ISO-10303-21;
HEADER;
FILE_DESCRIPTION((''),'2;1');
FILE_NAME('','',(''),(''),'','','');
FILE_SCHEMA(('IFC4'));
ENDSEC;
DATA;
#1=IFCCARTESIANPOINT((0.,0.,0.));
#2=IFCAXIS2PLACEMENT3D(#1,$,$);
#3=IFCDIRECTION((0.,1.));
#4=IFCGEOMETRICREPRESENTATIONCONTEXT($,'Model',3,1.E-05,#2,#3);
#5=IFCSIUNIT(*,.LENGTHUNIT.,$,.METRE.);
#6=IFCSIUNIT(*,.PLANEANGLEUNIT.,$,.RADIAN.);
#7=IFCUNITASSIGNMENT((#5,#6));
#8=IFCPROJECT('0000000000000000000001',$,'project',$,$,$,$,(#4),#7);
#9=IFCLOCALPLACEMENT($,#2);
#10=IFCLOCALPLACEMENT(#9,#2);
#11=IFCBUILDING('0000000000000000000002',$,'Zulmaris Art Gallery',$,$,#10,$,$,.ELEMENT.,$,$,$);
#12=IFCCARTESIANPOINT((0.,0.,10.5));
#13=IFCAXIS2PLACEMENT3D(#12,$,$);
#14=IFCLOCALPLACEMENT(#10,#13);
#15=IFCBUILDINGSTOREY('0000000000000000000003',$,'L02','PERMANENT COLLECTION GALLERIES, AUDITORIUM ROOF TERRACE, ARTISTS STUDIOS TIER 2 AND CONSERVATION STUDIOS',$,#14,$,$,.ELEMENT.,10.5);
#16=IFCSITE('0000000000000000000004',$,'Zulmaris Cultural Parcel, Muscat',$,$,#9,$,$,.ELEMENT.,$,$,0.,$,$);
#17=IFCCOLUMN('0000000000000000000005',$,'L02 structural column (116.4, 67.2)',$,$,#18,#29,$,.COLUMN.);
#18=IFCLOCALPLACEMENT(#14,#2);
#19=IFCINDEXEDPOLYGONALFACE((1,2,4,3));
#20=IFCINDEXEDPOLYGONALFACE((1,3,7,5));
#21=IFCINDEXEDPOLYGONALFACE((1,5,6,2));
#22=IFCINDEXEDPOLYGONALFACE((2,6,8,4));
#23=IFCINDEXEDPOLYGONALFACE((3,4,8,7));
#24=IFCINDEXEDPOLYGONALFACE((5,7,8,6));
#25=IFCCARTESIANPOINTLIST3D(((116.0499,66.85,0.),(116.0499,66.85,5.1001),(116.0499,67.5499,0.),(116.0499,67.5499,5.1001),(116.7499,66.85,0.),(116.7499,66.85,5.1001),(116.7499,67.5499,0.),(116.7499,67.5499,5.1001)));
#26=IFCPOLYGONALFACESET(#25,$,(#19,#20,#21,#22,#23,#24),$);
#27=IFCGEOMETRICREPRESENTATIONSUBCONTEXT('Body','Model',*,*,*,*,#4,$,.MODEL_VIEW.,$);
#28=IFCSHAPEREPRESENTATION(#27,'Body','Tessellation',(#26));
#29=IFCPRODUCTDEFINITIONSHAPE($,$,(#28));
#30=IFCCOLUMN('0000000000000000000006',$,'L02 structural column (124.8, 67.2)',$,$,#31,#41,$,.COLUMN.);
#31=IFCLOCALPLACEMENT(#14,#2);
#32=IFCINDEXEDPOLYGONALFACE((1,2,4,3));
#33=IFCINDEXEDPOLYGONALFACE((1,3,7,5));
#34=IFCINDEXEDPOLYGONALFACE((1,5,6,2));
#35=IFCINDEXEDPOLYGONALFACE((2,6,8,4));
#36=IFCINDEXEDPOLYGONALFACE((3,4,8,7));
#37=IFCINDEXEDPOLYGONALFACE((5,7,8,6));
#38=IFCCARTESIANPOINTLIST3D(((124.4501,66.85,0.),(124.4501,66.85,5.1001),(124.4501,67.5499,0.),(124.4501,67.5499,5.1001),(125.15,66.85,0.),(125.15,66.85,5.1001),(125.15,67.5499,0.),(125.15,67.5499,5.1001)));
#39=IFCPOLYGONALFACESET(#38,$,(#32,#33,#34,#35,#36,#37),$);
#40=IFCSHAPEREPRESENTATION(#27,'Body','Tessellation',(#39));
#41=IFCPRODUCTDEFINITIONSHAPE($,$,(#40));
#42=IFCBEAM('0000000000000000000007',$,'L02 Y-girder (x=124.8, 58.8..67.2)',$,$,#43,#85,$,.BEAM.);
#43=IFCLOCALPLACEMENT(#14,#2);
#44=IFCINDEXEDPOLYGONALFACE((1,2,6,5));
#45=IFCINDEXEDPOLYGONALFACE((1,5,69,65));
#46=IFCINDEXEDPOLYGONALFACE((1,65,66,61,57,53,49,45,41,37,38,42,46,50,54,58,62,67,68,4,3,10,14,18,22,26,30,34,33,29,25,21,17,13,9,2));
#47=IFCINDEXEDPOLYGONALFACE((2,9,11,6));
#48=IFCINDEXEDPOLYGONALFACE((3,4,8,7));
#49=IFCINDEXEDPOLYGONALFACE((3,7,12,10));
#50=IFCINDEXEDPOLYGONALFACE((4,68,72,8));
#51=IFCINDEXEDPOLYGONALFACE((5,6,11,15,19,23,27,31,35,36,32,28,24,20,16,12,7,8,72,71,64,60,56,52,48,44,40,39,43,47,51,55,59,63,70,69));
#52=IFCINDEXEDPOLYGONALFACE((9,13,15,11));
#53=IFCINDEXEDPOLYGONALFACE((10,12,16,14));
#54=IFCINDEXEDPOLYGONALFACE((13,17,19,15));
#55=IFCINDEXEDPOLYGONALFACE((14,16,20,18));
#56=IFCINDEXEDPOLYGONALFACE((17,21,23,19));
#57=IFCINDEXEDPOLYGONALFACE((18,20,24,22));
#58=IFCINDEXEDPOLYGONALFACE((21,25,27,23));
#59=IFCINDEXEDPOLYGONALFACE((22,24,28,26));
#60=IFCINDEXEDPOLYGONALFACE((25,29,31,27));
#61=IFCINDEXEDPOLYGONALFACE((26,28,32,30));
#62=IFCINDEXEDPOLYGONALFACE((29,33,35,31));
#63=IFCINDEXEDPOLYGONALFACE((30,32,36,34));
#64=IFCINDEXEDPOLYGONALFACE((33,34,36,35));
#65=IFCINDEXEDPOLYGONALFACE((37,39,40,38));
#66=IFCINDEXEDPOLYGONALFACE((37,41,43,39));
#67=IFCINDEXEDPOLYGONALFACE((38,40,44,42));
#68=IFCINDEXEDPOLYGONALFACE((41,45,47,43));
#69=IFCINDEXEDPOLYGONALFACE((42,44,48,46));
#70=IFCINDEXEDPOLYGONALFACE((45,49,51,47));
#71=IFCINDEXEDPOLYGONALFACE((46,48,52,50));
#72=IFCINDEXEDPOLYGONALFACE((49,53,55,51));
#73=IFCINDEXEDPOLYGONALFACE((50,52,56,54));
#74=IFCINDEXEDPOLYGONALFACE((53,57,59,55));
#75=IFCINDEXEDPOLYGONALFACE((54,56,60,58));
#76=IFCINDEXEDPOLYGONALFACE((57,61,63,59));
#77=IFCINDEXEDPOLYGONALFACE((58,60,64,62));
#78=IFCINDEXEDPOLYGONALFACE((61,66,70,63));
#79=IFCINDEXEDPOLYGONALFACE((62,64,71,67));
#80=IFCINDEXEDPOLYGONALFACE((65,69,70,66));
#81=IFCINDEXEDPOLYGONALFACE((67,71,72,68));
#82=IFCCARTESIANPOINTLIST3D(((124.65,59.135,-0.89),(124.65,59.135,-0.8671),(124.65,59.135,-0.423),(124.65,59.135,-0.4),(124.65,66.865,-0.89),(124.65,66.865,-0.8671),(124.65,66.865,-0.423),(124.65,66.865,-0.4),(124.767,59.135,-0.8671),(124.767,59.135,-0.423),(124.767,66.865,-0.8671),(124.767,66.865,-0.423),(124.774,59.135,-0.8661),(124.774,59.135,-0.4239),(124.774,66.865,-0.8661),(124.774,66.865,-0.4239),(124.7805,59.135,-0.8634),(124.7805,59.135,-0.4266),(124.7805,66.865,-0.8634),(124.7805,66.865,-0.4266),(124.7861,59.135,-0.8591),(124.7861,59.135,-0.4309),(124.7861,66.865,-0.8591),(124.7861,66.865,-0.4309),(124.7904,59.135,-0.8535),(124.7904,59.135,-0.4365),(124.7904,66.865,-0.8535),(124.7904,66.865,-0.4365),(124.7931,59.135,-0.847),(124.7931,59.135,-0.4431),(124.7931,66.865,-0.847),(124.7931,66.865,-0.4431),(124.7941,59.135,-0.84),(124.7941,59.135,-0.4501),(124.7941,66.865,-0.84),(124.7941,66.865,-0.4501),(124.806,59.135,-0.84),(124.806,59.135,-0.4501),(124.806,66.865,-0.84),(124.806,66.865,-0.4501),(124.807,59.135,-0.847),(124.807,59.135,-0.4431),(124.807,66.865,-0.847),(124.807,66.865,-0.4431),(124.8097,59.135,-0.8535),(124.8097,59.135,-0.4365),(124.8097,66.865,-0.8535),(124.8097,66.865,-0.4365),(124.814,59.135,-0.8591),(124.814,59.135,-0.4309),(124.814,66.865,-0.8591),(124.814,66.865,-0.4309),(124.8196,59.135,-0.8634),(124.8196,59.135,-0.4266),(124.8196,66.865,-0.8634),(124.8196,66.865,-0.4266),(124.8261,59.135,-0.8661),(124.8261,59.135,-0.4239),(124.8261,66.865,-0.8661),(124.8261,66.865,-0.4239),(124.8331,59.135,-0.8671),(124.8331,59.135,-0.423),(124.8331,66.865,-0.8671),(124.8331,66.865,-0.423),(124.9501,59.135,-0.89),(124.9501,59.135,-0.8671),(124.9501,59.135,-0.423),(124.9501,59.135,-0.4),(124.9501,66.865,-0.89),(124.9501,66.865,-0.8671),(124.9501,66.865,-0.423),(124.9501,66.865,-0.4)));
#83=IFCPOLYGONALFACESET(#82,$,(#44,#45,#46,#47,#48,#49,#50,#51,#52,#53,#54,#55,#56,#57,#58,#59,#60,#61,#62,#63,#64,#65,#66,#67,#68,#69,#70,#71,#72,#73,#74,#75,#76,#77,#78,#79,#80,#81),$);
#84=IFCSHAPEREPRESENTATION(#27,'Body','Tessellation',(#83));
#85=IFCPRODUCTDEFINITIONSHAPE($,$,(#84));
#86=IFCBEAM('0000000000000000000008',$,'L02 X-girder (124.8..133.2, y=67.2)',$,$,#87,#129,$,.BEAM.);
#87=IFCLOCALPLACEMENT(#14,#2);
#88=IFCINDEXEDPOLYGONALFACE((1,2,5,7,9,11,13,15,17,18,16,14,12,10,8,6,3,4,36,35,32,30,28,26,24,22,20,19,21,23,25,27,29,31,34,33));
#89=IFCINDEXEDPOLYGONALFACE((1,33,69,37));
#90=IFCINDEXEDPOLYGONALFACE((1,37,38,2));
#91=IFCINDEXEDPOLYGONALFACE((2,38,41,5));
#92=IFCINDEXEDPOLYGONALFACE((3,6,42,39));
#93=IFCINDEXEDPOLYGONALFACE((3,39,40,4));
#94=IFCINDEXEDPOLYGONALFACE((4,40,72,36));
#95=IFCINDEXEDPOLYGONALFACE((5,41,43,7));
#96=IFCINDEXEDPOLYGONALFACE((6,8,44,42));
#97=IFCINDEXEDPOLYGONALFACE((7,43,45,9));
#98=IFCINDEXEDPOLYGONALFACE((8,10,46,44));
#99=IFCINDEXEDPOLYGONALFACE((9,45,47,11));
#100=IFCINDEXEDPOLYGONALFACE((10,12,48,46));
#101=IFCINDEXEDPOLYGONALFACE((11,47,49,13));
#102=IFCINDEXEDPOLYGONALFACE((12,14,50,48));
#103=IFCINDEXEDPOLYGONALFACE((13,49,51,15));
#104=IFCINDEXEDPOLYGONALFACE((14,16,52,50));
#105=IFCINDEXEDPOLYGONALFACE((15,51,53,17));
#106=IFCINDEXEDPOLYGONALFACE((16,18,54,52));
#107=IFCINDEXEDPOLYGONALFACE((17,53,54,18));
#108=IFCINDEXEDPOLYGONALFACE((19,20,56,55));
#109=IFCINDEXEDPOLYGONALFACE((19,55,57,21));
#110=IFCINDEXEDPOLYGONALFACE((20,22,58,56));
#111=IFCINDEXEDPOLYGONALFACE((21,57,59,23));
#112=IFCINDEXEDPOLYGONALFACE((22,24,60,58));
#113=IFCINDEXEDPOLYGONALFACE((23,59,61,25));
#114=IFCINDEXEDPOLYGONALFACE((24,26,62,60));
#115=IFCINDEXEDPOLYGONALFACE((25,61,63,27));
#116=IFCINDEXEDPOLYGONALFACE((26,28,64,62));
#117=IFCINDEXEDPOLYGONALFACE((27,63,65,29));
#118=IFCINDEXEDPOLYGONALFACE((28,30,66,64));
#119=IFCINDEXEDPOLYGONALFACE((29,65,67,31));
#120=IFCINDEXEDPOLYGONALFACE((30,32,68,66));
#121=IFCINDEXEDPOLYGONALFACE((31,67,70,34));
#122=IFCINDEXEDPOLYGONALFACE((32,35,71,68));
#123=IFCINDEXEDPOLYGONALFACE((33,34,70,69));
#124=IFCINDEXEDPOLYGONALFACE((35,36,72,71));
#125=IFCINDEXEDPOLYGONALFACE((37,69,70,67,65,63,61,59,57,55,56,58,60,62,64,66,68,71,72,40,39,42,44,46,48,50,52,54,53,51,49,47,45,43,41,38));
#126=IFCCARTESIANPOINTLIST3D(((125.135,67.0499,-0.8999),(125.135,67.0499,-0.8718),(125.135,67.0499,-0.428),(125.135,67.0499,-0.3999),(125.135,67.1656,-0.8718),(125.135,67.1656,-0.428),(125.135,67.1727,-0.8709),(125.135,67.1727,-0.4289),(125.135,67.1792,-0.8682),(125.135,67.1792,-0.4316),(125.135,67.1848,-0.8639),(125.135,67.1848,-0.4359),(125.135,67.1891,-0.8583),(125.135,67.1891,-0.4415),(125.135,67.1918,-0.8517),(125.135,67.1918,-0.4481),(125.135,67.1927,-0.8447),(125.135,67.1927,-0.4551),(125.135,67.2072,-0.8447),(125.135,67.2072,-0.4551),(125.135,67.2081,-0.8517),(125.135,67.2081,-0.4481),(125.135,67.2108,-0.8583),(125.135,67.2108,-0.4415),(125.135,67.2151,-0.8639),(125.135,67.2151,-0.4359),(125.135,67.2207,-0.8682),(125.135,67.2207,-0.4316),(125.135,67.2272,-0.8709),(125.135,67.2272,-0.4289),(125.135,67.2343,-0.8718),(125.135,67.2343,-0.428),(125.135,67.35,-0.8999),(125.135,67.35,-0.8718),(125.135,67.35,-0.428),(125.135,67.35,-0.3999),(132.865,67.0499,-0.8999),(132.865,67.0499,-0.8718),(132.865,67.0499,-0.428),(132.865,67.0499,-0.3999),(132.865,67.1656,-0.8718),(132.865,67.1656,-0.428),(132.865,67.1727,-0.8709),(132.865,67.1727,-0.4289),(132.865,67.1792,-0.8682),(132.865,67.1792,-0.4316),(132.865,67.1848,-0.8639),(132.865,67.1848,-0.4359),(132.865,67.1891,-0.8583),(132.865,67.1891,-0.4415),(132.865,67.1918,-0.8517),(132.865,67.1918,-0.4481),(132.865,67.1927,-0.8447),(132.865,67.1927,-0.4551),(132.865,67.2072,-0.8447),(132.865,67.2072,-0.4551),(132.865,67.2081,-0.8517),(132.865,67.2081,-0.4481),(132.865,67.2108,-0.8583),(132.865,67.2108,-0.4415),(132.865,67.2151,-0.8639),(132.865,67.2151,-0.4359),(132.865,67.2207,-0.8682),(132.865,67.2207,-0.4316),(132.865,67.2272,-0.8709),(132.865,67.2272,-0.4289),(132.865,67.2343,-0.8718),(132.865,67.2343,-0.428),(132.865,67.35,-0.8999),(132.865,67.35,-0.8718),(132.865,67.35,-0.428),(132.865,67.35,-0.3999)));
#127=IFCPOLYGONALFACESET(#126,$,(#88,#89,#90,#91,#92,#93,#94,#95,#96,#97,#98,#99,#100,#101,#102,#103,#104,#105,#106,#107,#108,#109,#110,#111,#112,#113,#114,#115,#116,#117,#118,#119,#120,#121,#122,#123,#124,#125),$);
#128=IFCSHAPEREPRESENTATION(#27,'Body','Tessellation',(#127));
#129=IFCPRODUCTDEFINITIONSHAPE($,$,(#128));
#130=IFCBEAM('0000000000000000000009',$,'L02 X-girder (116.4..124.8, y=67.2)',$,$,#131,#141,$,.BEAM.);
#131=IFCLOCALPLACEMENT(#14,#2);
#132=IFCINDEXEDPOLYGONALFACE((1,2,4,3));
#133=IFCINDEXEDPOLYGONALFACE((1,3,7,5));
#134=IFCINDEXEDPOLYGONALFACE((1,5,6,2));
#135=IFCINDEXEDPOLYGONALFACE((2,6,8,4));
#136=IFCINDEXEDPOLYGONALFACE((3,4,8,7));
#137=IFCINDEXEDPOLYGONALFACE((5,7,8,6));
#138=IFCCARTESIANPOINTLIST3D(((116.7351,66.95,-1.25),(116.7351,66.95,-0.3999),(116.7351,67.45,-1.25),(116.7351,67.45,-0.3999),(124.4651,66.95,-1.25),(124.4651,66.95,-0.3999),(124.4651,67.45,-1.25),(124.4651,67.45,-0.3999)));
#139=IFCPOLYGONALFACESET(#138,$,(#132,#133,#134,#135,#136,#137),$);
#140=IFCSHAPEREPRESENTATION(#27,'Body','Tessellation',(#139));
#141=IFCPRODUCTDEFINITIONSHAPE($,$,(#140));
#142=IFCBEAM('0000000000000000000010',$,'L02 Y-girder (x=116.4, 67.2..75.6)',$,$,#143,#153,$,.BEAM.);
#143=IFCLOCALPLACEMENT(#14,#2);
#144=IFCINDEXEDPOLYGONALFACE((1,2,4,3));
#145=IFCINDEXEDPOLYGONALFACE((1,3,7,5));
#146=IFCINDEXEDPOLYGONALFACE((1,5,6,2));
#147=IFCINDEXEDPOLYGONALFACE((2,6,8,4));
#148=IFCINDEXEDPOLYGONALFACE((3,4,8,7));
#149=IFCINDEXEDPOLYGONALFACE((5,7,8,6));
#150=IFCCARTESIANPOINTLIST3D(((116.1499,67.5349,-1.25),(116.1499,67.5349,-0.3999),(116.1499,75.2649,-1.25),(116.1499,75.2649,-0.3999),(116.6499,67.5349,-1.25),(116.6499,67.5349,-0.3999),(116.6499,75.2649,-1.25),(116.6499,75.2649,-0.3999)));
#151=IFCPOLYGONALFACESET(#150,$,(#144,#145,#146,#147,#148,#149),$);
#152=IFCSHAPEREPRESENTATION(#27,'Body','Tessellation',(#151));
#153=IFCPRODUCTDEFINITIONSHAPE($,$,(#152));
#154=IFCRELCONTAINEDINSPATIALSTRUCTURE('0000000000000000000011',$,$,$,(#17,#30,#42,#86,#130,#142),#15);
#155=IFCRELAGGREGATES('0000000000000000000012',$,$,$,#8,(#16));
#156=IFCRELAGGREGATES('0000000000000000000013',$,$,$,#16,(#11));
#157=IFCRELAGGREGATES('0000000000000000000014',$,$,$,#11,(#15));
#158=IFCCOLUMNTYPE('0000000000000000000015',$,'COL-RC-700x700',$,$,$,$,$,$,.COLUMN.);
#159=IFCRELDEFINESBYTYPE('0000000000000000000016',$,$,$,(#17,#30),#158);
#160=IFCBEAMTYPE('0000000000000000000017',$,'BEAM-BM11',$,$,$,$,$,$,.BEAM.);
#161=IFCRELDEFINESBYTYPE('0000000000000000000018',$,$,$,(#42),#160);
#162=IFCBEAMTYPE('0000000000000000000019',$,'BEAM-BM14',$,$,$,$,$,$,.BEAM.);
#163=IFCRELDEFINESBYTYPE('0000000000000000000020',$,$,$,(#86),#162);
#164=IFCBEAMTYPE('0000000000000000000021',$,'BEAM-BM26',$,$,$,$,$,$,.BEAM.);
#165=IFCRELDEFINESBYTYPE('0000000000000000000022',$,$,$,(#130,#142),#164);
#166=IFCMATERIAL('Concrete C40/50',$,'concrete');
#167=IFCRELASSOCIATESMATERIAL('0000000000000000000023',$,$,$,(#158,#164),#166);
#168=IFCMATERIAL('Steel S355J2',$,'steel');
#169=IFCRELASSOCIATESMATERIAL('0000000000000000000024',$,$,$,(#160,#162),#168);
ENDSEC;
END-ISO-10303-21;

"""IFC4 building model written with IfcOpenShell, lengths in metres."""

from ifc_helpers import new_model, si_unit, direction, frame, origin, origin_2d, place, context, subcontext, project, spatial, rectangle, i_section, extrude, material, material_profile, profile_set, type_object, element, save


model = new_model("IFC4")

# Units and contexts
model_context = context("Model", 3, precision=1e-05, world=origin(), true_north=direction((0.0, 1.0)))
body_context = subcontext(model_context, "Body", "Model", "MODEL_VIEW")
ifc_project = project(units=[si_unit("LENGTHUNIT", "METRE"), si_unit("PLANEANGLEUNIT", "RADIAN")], contexts=[model_context])

# Site, building, storey
site_placement = place(None, origin())
site = spatial("IfcSite", under=ifc_project, at=site_placement, Name="Zulmaris Cultural Parcel, Muscat", CompositionType="ELEMENT", RefElevation=0.0)
building_placement = place(site_placement, origin())
building = spatial("IfcBuilding", under=site, at=building_placement, Name="Zulmaris Art Gallery", CompositionType="ELEMENT")
storey_placement = place(building_placement, frame((0.0, 0.0, 10.5)))
storey = spatial("IfcBuildingStorey", under=building, at=storey_placement, Name="L02", Description="PERMANENT COLLECTION GALLERIES, AUDITORIUM ROOF TERRACE, ARTISTS STUDIOS TIER 2 AND CONSERVATION STUDIOS", CompositionType="ELEMENT", Elevation=10.5)

# Columns
ifc_material_1 = material(Name="Concrete C40/50", Category="concrete")
ifc_material_profile_1 = material_profile(ifc_material_1, rectangle(XDim=0.7, YDim=0.7, at=origin_2d()), Name="RC 700x700")
ifc_profile_set_1 = profile_set([ifc_material_profile_1], Name="Concrete C40/50")
column_type = type_object("IfcColumnType", Name="COL-RC-700x700", PredefinedType="COLUMN", material=ifc_profile_set_1)
for number, where, z_axis, x_axis, name in (
    (1, (116.3999, 67.2, 0.0), (0.0, 0.0, 1.0), (1.0, 0.0, 0.0), "L02 structural column (116.4, 67.2)"),
    (2, (124.8, 67.2, 0.0), (0.0, 0.0, 1.0), (1.0, 0.0, 0.0), "L02 structural column (124.8, 67.2)"),
):
    element("IfcColumn", number, at=place(storey_placement, frame(where, z_axis=z_axis, x_axis=x_axis)), inside=storey, type_object=column_type, Name=name, PredefinedType="COLUMN", context=body_context, shape_type="SweptSolid", body=[
        extrude(rectangle(XDim=0.7, YDim=0.7, at=origin_2d()), origin(), (0.0, 0.0, 1.0), 5.1001),
    ])

# Beams
ifc_material_2 = material(Name="Steel S355J2", Category="steel")
ifc_material_profile_2 = material_profile(ifc_material_2, i_section(OverallWidth=0.3, OverallDepth=0.49, WebThickness=0.012, FlangeThickness=0.0229, FilletRadius=0.0271, at=origin_2d()), Name="HEA 500")
ifc_profile_set_2 = profile_set([ifc_material_profile_2], Name="Steel S355J2")
beam_type_1 = type_object("IfcBeamType", Name="BEAM-BM11", PredefinedType="BEAM", material=ifc_profile_set_2)
beam_1_placement = place(storey_placement, frame((124.8, 59.135, -0.645), z_axis=(0.0, 1.0, 0.0), x_axis=(-1.0, 0.0, 0.0)))
element("IfcBeam", 3, at=beam_1_placement, inside=storey, type_object=beam_type_1, Name="L02 Y-girder (x=124.8, 58.8..67.2)", PredefinedType="BEAM", context=body_context, shape_type="SweptSolid", body=[
    extrude(i_section(OverallWidth=0.3, OverallDepth=0.49, WebThickness=0.012, FlangeThickness=0.0229, FilletRadius=0.0271, at=origin_2d()), origin(), (0.0, 0.0, 1.0), 7.73),
])
ifc_material_profile_3 = material_profile(ifc_material_2, i_section(OverallWidth=0.3, OverallDepth=0.5, WebThickness=0.0144, FlangeThickness=0.0281, FilletRadius=0.0271, at=origin_2d()), Name="HEB 500")
ifc_profile_set_3 = profile_set([ifc_material_profile_3], Name="Steel S355J2")
beam_type_2 = type_object("IfcBeamType", Name="BEAM-BM14", PredefinedType="BEAM", material=ifc_profile_set_3)
beam_2_placement = place(storey_placement, frame((125.135, 67.2, -0.6499), z_axis=(1.0, 0.0, 0.0), x_axis=(0.0, 1.0, 0.0)))
element("IfcBeam", 4, at=beam_2_placement, inside=storey, type_object=beam_type_2, Name="L02 X-girder (124.8..133.2, y=67.2)", PredefinedType="BEAM", context=body_context, shape_type="SweptSolid", body=[
    extrude(i_section(OverallWidth=0.3, OverallDepth=0.5, WebThickness=0.0144, FlangeThickness=0.0281, FilletRadius=0.0271, at=origin_2d()), origin(), (0.0, 0.0, 1.0), 7.73),
])
ifc_material_profile_4 = material_profile(ifc_material_1, rectangle(XDim=0.5, YDim=0.8501, at=origin_2d()), Name="RC 500x850")
ifc_profile_set_4 = profile_set([ifc_material_profile_4], Name="Concrete C40/50")
beam_type_3 = type_object("IfcBeamType", Name="BEAM-BM26", PredefinedType="BEAM", material=ifc_profile_set_4)
for number, where, z_axis, x_axis, name in (
    (5, (116.7351, 67.2, -0.825), (1.0, 0.0, 0.0), (0.0, 1.0, 0.0), "L02 X-girder (116.4..124.8, y=67.2)"),
    (6, (116.3999, 67.5349, -0.825), (0.0, 1.0, 0.0), (-1.0, 0.0, 0.0), "L02 Y-girder (x=116.4, 67.2..75.6)"),
):
    element("IfcBeam", number, at=place(storey_placement, frame(where, z_axis=z_axis, x_axis=x_axis)), inside=storey, type_object=beam_type_3, Name=name, PredefinedType="BEAM", context=body_context, shape_type="SweptSolid", body=[
        extrude(rectangle(XDim=0.5, YDim=0.8501, at=origin_2d()), origin(), (0.0, 0.0, 1.0), 7.73),
    ])

save(model, "model.ifc")
